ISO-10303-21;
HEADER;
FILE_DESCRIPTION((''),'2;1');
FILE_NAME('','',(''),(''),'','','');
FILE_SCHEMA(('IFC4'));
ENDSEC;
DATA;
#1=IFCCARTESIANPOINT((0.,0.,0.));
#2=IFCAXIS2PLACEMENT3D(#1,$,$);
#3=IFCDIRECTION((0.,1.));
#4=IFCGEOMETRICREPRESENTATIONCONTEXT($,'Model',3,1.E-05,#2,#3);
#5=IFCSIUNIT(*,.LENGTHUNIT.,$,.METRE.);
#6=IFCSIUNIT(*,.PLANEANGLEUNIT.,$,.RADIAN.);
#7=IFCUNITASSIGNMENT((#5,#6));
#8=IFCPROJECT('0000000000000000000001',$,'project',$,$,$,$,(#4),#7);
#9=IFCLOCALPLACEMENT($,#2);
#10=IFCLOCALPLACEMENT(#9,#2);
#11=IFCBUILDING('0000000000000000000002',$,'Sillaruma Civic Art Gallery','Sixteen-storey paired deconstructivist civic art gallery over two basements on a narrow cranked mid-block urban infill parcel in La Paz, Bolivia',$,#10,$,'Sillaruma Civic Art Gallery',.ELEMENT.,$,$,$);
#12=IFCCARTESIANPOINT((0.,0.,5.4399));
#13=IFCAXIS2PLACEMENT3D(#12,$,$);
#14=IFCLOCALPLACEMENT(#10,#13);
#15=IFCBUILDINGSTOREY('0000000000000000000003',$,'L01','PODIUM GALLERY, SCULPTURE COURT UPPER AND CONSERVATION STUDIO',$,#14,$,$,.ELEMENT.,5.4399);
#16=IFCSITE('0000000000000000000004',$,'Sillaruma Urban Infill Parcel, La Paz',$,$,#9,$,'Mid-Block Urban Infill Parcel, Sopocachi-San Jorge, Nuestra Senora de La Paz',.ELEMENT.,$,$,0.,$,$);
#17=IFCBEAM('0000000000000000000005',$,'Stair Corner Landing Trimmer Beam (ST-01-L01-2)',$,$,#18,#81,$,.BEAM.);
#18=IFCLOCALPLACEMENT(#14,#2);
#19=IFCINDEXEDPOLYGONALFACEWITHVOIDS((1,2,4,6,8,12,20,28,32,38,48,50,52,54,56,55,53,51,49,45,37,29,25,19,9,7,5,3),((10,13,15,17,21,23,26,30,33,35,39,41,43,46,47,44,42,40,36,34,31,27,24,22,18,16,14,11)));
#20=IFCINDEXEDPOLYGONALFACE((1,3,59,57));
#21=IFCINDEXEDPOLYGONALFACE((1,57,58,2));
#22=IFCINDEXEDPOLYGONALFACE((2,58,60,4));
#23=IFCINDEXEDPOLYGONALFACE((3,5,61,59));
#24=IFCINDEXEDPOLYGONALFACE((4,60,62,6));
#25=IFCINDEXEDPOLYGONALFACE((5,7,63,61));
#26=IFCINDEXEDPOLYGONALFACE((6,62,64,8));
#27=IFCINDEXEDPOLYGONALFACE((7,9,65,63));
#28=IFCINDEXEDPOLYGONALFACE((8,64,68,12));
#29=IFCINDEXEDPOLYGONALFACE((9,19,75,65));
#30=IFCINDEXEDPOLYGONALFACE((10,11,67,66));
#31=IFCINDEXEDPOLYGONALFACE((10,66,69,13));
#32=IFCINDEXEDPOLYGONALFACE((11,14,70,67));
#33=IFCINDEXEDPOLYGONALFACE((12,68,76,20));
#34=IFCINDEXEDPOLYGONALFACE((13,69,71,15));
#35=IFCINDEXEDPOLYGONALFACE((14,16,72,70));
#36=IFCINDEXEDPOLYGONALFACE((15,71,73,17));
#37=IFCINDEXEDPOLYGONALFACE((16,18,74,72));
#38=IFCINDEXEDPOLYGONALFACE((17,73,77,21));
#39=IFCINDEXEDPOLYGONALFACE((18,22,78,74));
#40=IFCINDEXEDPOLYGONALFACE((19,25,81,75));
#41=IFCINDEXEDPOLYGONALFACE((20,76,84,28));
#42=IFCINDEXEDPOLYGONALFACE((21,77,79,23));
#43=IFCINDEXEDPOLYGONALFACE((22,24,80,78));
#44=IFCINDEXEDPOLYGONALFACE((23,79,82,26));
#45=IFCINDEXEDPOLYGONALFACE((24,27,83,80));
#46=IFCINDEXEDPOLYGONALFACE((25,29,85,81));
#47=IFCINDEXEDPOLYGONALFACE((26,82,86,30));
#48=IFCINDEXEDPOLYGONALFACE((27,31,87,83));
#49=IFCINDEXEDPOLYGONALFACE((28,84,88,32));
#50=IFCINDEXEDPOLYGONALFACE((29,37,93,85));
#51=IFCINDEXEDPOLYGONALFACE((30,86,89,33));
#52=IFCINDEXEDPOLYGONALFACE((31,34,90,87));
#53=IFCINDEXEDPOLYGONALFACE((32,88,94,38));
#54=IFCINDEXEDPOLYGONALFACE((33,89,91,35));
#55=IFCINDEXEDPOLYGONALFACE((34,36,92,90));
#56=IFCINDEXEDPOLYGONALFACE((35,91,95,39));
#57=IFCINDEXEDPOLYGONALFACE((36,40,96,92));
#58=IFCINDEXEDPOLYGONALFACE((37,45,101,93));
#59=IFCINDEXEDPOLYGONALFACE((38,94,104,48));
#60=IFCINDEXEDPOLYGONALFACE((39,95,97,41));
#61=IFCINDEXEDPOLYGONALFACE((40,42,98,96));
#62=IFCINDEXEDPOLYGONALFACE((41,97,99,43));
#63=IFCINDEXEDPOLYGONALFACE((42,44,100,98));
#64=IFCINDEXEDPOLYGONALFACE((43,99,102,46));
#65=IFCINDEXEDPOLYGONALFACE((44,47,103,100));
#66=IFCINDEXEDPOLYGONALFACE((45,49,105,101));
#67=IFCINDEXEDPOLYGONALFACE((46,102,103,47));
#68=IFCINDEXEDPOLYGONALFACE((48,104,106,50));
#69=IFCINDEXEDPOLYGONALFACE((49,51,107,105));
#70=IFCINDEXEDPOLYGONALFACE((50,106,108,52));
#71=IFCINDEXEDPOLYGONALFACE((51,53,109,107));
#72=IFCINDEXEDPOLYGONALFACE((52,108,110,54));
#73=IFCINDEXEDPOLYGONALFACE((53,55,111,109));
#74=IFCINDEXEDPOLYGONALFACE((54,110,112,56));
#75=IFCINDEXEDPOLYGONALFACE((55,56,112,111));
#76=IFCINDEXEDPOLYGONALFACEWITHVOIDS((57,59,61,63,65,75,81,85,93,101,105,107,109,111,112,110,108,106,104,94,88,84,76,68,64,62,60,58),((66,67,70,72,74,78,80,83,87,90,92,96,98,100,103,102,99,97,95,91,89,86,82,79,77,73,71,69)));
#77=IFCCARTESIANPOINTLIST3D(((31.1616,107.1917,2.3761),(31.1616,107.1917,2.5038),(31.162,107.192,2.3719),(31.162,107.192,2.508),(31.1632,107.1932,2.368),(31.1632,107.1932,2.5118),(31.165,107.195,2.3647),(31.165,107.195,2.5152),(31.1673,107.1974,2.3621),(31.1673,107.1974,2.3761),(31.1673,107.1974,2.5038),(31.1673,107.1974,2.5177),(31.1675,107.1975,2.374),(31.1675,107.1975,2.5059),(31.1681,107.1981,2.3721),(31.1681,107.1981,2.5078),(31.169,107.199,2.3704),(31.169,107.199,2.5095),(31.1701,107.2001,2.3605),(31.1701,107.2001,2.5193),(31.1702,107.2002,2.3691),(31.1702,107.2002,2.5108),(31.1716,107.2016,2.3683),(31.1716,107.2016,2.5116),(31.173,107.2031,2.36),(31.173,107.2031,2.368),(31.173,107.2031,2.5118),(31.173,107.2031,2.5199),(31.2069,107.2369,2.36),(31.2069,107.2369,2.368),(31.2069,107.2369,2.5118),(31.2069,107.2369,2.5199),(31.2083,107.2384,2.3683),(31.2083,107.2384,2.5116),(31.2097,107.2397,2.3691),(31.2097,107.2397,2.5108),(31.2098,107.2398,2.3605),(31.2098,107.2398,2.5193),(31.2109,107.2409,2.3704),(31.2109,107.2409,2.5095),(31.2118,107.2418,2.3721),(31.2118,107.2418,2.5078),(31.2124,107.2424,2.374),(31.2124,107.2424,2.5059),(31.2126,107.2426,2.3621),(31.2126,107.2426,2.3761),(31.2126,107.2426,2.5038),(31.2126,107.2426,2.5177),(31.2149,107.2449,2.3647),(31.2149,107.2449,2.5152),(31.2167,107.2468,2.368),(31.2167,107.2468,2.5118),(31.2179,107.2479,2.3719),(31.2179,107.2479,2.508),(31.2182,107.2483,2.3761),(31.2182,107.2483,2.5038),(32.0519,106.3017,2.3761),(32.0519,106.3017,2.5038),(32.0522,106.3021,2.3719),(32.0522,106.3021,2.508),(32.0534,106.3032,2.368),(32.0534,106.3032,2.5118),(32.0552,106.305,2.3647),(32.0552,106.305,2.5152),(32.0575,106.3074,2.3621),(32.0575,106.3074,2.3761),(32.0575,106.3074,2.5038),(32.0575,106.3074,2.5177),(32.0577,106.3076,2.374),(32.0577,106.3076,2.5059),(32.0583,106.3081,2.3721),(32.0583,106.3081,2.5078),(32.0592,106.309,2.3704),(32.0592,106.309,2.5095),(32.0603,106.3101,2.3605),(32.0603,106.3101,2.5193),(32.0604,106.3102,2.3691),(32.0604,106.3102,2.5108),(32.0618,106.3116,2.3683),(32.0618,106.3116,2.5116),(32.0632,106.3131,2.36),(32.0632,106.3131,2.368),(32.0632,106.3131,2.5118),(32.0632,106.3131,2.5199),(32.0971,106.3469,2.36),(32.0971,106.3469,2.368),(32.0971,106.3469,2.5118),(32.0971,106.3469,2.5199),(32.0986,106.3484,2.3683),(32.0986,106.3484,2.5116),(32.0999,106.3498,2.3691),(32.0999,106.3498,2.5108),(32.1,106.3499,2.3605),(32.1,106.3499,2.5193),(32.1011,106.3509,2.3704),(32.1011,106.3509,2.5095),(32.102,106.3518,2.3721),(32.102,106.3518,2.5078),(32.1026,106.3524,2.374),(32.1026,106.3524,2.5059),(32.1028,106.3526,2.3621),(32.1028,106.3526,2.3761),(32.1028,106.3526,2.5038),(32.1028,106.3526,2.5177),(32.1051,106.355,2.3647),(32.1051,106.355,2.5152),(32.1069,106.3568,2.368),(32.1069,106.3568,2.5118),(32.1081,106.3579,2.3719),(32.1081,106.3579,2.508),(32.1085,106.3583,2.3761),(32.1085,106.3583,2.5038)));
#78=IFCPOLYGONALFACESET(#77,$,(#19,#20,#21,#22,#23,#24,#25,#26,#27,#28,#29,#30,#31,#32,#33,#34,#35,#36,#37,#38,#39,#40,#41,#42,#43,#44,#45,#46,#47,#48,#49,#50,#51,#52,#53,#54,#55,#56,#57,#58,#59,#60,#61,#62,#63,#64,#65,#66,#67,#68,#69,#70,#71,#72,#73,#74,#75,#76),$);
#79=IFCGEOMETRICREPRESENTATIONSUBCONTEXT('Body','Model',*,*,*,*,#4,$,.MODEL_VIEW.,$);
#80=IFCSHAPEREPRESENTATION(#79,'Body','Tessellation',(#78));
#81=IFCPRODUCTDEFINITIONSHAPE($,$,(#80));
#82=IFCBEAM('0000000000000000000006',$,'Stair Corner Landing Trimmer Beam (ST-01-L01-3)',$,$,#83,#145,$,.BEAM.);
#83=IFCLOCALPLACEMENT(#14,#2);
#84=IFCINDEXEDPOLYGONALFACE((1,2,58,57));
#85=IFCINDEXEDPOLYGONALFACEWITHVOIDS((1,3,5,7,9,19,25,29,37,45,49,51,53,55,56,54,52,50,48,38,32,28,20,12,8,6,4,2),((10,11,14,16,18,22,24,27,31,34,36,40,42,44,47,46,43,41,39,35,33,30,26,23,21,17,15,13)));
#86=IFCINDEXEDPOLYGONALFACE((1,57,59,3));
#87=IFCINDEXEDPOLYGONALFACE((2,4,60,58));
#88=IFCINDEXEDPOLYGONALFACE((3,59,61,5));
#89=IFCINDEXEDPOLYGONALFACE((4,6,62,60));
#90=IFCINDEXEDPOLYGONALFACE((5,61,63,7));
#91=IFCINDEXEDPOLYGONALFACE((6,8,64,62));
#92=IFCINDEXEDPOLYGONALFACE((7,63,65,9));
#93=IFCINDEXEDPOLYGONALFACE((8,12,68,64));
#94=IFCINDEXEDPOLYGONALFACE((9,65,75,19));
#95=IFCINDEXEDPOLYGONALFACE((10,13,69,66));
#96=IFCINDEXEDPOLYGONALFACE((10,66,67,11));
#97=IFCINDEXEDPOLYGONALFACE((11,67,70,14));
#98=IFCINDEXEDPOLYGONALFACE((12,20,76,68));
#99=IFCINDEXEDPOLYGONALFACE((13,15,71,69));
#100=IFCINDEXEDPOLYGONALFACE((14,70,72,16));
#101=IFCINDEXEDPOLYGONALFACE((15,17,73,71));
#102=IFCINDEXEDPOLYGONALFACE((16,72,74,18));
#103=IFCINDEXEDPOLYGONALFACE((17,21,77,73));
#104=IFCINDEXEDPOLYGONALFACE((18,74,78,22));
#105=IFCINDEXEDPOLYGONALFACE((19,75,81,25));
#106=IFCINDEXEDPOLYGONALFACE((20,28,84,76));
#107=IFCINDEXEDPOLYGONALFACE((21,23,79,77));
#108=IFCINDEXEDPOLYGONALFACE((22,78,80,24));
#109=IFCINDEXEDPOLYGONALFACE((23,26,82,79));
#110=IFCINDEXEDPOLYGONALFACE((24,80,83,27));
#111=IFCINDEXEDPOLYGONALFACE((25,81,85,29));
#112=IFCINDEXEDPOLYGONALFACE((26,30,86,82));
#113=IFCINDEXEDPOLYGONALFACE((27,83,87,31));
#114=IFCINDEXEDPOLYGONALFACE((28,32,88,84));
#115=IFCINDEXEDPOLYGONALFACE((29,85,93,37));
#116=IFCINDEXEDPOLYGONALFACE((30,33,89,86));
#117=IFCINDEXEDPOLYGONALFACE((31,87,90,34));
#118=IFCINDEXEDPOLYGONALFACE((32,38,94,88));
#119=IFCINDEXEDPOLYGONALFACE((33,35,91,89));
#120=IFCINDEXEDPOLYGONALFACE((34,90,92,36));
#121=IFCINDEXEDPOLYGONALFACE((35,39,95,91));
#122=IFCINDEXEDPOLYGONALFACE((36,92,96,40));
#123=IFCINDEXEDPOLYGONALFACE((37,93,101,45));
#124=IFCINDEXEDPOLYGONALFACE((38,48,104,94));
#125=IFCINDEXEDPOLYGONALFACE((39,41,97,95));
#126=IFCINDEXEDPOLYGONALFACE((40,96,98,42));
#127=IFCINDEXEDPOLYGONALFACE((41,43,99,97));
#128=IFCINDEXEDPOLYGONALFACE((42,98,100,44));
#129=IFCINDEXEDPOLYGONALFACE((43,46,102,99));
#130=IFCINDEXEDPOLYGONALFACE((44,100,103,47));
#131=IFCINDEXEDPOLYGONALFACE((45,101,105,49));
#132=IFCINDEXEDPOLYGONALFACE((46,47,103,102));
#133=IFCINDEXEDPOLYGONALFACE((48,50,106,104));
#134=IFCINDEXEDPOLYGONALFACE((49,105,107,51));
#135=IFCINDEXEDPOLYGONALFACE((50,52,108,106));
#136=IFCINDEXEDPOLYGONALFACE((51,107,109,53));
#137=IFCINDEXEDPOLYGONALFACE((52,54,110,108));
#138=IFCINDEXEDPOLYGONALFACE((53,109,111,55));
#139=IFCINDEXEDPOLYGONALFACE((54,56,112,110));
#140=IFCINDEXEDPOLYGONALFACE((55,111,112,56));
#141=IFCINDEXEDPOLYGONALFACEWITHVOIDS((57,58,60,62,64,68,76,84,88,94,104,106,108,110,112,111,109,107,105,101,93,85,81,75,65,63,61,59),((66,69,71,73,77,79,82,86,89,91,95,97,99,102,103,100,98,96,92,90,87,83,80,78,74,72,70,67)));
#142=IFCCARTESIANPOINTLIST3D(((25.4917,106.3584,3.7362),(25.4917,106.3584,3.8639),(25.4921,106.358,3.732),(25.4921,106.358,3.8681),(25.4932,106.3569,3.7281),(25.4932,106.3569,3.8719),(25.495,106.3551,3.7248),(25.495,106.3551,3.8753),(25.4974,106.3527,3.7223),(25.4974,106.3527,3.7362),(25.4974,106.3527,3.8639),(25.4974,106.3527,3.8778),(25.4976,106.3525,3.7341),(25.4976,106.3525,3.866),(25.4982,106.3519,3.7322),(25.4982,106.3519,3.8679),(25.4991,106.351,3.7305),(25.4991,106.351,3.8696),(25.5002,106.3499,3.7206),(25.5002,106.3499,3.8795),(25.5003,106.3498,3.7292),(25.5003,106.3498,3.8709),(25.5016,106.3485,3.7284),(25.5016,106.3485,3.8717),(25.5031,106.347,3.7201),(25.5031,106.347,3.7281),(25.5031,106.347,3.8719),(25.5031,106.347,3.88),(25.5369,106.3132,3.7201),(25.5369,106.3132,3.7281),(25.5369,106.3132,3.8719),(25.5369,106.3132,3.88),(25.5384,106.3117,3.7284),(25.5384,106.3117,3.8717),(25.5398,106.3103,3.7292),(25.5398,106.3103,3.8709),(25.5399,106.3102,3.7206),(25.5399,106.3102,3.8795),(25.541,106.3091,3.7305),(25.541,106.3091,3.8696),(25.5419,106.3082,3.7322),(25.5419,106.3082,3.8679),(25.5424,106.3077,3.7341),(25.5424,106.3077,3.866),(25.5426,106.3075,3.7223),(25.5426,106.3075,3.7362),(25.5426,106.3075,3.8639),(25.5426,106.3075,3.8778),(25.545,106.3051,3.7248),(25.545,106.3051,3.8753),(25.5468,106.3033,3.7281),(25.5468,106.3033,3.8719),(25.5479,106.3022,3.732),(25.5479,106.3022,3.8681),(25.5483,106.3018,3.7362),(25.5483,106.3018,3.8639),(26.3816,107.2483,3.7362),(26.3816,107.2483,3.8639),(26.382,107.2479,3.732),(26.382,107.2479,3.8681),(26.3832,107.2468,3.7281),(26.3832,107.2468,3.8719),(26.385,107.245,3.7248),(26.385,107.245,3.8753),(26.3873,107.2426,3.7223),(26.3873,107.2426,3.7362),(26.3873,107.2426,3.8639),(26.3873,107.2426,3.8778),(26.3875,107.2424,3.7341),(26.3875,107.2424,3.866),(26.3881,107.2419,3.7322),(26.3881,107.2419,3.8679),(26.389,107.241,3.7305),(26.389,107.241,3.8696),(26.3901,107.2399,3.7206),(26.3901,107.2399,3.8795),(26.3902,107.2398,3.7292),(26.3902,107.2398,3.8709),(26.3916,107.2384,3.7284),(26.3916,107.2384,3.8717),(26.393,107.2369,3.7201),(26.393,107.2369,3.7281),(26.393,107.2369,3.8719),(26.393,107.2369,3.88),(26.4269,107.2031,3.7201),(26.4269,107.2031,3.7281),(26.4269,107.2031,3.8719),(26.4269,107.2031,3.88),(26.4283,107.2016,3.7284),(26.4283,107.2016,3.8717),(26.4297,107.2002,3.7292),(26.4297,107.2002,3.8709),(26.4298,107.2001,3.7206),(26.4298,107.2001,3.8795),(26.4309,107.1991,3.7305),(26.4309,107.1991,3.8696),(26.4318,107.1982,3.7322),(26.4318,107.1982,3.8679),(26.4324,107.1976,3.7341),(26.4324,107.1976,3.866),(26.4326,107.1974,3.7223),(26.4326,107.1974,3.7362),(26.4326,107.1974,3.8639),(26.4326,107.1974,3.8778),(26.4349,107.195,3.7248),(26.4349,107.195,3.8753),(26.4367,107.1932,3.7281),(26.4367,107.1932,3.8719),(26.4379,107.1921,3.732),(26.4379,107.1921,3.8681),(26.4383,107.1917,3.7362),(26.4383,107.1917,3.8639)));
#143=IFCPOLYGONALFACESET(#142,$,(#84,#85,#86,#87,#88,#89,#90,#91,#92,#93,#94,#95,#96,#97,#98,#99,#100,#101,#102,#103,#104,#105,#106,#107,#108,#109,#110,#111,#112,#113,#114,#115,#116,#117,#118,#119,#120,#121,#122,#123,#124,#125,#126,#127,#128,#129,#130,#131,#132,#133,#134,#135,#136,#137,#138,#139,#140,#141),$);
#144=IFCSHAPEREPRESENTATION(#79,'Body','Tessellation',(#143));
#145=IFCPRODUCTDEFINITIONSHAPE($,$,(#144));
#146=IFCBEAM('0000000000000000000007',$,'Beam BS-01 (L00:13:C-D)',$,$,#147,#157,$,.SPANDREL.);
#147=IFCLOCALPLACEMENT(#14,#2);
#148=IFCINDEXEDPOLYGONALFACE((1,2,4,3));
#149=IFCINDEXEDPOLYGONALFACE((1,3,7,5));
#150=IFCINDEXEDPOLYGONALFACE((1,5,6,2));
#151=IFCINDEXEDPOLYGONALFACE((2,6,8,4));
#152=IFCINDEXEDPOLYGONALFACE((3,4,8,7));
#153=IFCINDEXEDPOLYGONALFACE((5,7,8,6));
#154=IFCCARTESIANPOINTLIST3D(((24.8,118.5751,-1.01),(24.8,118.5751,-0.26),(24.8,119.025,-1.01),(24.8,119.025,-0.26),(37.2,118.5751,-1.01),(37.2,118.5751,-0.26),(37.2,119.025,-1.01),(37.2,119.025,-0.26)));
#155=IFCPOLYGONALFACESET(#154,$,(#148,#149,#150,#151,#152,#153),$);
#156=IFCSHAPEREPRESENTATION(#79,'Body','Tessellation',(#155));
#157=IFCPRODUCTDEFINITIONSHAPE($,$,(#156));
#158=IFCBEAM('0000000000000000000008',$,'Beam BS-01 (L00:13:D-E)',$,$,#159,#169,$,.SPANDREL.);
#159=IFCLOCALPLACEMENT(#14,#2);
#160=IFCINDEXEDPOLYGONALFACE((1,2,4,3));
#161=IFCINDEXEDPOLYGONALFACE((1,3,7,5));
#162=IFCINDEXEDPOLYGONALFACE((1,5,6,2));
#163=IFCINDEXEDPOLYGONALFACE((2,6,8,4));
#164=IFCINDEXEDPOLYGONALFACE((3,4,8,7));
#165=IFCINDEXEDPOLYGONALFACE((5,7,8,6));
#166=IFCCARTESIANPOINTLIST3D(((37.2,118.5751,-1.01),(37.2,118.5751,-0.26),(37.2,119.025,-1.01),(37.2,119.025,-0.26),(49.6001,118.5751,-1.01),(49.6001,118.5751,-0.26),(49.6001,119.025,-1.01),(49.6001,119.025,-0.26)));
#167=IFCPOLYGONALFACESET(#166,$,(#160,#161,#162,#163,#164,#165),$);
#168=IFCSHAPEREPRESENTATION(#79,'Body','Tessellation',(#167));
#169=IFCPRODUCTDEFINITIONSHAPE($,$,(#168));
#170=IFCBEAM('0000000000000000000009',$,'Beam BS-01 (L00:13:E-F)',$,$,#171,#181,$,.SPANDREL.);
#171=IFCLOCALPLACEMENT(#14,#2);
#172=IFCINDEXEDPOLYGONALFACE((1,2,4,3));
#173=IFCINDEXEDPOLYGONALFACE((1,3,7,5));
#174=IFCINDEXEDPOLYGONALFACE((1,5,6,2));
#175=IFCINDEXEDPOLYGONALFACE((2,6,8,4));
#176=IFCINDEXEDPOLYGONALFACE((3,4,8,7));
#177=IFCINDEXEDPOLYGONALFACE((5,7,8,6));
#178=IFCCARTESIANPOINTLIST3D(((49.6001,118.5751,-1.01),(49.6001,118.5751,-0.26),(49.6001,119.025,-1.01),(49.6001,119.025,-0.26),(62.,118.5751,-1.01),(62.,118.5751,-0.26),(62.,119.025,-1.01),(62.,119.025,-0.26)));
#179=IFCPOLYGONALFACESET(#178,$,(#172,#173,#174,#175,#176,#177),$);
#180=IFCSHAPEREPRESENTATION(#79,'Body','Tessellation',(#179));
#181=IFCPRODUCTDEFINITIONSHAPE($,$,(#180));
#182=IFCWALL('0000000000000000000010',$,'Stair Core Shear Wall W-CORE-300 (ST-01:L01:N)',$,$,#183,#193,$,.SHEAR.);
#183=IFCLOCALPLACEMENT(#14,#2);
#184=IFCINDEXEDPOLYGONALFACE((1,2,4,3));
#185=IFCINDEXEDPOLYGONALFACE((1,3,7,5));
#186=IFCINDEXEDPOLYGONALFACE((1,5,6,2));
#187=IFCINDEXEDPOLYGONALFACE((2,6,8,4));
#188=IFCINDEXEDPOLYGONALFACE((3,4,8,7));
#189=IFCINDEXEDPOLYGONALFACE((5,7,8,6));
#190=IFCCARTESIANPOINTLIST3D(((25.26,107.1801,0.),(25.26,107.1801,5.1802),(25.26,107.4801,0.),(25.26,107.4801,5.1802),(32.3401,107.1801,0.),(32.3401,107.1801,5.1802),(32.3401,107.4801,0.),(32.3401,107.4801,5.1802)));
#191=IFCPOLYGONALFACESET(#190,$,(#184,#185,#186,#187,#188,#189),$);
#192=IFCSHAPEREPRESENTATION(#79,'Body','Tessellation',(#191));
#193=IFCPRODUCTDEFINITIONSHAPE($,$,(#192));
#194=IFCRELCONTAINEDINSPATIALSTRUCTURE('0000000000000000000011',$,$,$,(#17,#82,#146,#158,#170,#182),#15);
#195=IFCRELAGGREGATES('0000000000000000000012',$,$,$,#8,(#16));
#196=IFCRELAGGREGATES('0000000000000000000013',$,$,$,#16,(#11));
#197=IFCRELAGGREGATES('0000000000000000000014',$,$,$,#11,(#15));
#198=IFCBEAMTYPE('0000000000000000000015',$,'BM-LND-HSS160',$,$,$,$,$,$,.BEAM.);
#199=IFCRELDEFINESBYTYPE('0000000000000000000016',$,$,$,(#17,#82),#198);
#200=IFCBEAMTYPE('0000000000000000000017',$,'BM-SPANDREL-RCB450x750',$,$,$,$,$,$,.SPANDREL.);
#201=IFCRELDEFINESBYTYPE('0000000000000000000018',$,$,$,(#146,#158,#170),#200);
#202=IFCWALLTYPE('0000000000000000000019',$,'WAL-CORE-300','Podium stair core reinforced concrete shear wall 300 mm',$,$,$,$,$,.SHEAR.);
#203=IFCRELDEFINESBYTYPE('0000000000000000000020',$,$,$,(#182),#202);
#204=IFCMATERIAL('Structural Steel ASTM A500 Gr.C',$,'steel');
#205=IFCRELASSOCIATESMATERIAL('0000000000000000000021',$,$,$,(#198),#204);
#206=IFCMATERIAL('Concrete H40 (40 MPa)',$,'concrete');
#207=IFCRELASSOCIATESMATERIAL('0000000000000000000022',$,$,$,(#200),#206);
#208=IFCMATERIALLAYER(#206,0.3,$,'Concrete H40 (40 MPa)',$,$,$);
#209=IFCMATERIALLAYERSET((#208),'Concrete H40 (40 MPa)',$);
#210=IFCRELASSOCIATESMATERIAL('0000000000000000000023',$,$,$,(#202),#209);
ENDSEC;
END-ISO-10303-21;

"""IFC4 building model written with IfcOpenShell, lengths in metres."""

from ifc_helpers import new_model, si_unit, direction, frame, frame_2d, origin, origin_2d, place, context, subcontext, project, spatial, rectangle, hollow_rectangle, extrude, material, layer, layer_set, material_profile, profile_set, type_object, element, save


model = new_model("IFC4")

# Units and contexts
model_context = context("Model", 3, precision=1e-05, world=origin(), true_north=direction((0.0, 1.0)))
body_context = subcontext(model_context, "Body", "Model", "MODEL_VIEW")
ifc_project = project(units=[si_unit("LENGTHUNIT", "METRE"), si_unit("PLANEANGLEUNIT", "RADIAN")], contexts=[model_context])

# Site, building, storey
site_placement = place(None, origin())
site = spatial("IfcSite", under=ifc_project, at=site_placement, Name="Sillaruma Urban Infill Parcel, La Paz", LongName="Mid-Block Urban Infill Parcel, Sopocachi-San Jorge, Nuestra Senora de La Paz", CompositionType="ELEMENT", RefElevation=0.0)
building_placement = place(site_placement, origin())
building = spatial("IfcBuilding", under=site, at=building_placement, Name="Sillaruma Civic Art Gallery", Description="Sixteen-storey paired deconstructivist civic art gallery over two basements on a narrow cranked mid-block urban infill parcel in La Paz, Bolivia", LongName="Sillaruma Civic Art Gallery", CompositionType="ELEMENT")
storey_placement = place(building_placement, frame((0.0, 0.0, 5.4399)))
storey = spatial("IfcBuildingStorey", under=building, at=storey_placement, Name="L01", Description="PODIUM GALLERY, SCULPTURE COURT UPPER AND CONSERVATION STUDIO", CompositionType="ELEMENT", Elevation=5.4399)

# Shared definitions
ifc_material_1 = material(Name="Concrete H40 (40 MPa)", Category="concrete")

# Beams
ifc_material_2 = material(Name="Structural Steel ASTM A500 Gr.C", Category="steel")
ifc_material_profile_1 = material_profile(ifc_material_2, hollow_rectangle(XDim=0.0801, YDim=0.1599, WallThickness=0.0081, InnerFilletRadius=0.0081, OuterFilletRadius=0.0161, at=origin_2d()), Name="HSS160x80x8")
ifc_profile_set_1 = profile_set([ifc_material_profile_1], Name="Structural Steel ASTM A500 Gr.C")
beam_type_1 = type_object("IfcBeamType", Name="BM-LND-HSS160", PredefinedType="BEAM", material=ifc_profile_set_1)
beam_1_placement = place(storey_placement, frame((31.1899, 107.22, 2.4399), z_axis=(0.707204, -0.70701, 0.0), x_axis=(0.70701, 0.707204, 0.0)))
element("IfcBeam", 1, at=beam_1_placement, inside=storey, type_object=beam_type_1, Name="Stair Corner Landing Trimmer Beam (ST-01-L01-2)", PredefinedType="BEAM", context=body_context, shape_type="SweptSolid", body=[
    extrude(hollow_rectangle(XDim=0.0801, YDim=0.1599, WallThickness=0.0081, InnerFilletRadius=0.0081, OuterFilletRadius=0.0161, at=origin_2d()), origin(), (0.0, 0.0, 1.0), 1.2588),
])
beam_2_placement = place(storey_placement, frame((25.52, 106.3301, 3.8), z_axis=(0.707107, 0.707107, 0.0), x_axis=(-0.707107, 0.707107, 0.0)))
element("IfcBeam", 2, at=beam_2_placement, inside=storey, type_object=beam_type_1, Name="Stair Corner Landing Trimmer Beam (ST-01-L01-3)", PredefinedType="BEAM", context=body_context, shape_type="SweptSolid", body=[
    extrude(hollow_rectangle(XDim=0.0801, YDim=0.1599, WallThickness=0.0081, InnerFilletRadius=0.0081, OuterFilletRadius=0.0161, at=origin_2d()), origin(), (0.0, 0.0, 1.0), 1.2585),
])
ifc_material_profile_2 = material_profile(ifc_material_1, rectangle(XDim=0.45, YDim=0.75, at=origin_2d()), Name="RCB450x750")
ifc_profile_set_2 = profile_set([ifc_material_profile_2], Name="Concrete H40 (40 MPa)")
beam_type_2 = type_object("IfcBeamType", Name="BM-SPANDREL-RCB450x750", PredefinedType="SPANDREL", material=ifc_profile_set_2)
beam_3_placement = place(storey_placement, frame((24.8, 118.8, -0.635), z_axis=(1.0, 0.0, 0.0), x_axis=(0.0, 1.0, 0.0)))
element("IfcBeam", 3, at=beam_3_placement, inside=storey, type_object=beam_type_2, Name="Beam BS-01 (L00:13:C-D)", PredefinedType="SPANDREL", context=body_context, shape_type="SweptSolid", body=[
    extrude(rectangle(XDim=0.45, YDim=0.75, at=origin_2d()), origin(), (0.0, 0.0, 1.0), 12.3999),
])
beam_4_placement = place(storey_placement, frame((37.2, 118.8, -0.635), z_axis=(1.0, 0.0, 0.0), x_axis=(0.0, 1.0, 0.0)))
element("IfcBeam", 4, at=beam_4_placement, inside=storey, type_object=beam_type_2, Name="Beam BS-01 (L00:13:D-E)", PredefinedType="SPANDREL", context=body_context, shape_type="SweptSolid", body=[
    extrude(rectangle(XDim=0.45, YDim=0.75, at=origin_2d()), origin(), (0.0, 0.0, 1.0), 12.4001),
])
beam_5_placement = place(storey_placement, frame((49.6001, 118.8, -0.635), z_axis=(1.0, 0.0, 0.0), x_axis=(0.0, 1.0, 0.0)))
element("IfcBeam", 5, at=beam_5_placement, inside=storey, type_object=beam_type_2, Name="Beam BS-01 (L00:13:E-F)", PredefinedType="SPANDREL", context=body_context, shape_type="SweptSolid", body=[
    extrude(rectangle(XDim=0.45, YDim=0.75, at=origin_2d()), origin(), (0.0, 0.0, 1.0), 12.3999),
])

# Wall
ifc_layer_1 = layer(ifc_material_1, 0.3, Name="Concrete H40 (40 MPa)")
ifc_layer_set_1 = layer_set([ifc_layer_1], Name="Concrete H40 (40 MPa)")
wall_type_1 = type_object("IfcWallType", Name="WAL-CORE-300", Description="Podium stair core reinforced concrete shear wall 300 mm", PredefinedType="SHEAR", material=ifc_layer_set_1)
wall_1_placement = place(storey_placement, frame((25.26, 107.3301, 0.0), z_axis=(0.0, 0.0, 1.0), x_axis=(1.0, 0.0, 0.0)))
element("IfcWall", 6, at=wall_1_placement, inside=storey, type_object=wall_type_1, Name="Stair Core Shear Wall W-CORE-300 (ST-01:L01:N)", PredefinedType="SHEAR", context=body_context, shape_type="SweptSolid", body=[
    extrude(rectangle(XDim=7.0801, YDim=0.3, at=frame_2d((3.54, 0.0))), origin(), (0.0, 0.0, 1.0), 5.1802),
])

save(model, "model.ifc")
